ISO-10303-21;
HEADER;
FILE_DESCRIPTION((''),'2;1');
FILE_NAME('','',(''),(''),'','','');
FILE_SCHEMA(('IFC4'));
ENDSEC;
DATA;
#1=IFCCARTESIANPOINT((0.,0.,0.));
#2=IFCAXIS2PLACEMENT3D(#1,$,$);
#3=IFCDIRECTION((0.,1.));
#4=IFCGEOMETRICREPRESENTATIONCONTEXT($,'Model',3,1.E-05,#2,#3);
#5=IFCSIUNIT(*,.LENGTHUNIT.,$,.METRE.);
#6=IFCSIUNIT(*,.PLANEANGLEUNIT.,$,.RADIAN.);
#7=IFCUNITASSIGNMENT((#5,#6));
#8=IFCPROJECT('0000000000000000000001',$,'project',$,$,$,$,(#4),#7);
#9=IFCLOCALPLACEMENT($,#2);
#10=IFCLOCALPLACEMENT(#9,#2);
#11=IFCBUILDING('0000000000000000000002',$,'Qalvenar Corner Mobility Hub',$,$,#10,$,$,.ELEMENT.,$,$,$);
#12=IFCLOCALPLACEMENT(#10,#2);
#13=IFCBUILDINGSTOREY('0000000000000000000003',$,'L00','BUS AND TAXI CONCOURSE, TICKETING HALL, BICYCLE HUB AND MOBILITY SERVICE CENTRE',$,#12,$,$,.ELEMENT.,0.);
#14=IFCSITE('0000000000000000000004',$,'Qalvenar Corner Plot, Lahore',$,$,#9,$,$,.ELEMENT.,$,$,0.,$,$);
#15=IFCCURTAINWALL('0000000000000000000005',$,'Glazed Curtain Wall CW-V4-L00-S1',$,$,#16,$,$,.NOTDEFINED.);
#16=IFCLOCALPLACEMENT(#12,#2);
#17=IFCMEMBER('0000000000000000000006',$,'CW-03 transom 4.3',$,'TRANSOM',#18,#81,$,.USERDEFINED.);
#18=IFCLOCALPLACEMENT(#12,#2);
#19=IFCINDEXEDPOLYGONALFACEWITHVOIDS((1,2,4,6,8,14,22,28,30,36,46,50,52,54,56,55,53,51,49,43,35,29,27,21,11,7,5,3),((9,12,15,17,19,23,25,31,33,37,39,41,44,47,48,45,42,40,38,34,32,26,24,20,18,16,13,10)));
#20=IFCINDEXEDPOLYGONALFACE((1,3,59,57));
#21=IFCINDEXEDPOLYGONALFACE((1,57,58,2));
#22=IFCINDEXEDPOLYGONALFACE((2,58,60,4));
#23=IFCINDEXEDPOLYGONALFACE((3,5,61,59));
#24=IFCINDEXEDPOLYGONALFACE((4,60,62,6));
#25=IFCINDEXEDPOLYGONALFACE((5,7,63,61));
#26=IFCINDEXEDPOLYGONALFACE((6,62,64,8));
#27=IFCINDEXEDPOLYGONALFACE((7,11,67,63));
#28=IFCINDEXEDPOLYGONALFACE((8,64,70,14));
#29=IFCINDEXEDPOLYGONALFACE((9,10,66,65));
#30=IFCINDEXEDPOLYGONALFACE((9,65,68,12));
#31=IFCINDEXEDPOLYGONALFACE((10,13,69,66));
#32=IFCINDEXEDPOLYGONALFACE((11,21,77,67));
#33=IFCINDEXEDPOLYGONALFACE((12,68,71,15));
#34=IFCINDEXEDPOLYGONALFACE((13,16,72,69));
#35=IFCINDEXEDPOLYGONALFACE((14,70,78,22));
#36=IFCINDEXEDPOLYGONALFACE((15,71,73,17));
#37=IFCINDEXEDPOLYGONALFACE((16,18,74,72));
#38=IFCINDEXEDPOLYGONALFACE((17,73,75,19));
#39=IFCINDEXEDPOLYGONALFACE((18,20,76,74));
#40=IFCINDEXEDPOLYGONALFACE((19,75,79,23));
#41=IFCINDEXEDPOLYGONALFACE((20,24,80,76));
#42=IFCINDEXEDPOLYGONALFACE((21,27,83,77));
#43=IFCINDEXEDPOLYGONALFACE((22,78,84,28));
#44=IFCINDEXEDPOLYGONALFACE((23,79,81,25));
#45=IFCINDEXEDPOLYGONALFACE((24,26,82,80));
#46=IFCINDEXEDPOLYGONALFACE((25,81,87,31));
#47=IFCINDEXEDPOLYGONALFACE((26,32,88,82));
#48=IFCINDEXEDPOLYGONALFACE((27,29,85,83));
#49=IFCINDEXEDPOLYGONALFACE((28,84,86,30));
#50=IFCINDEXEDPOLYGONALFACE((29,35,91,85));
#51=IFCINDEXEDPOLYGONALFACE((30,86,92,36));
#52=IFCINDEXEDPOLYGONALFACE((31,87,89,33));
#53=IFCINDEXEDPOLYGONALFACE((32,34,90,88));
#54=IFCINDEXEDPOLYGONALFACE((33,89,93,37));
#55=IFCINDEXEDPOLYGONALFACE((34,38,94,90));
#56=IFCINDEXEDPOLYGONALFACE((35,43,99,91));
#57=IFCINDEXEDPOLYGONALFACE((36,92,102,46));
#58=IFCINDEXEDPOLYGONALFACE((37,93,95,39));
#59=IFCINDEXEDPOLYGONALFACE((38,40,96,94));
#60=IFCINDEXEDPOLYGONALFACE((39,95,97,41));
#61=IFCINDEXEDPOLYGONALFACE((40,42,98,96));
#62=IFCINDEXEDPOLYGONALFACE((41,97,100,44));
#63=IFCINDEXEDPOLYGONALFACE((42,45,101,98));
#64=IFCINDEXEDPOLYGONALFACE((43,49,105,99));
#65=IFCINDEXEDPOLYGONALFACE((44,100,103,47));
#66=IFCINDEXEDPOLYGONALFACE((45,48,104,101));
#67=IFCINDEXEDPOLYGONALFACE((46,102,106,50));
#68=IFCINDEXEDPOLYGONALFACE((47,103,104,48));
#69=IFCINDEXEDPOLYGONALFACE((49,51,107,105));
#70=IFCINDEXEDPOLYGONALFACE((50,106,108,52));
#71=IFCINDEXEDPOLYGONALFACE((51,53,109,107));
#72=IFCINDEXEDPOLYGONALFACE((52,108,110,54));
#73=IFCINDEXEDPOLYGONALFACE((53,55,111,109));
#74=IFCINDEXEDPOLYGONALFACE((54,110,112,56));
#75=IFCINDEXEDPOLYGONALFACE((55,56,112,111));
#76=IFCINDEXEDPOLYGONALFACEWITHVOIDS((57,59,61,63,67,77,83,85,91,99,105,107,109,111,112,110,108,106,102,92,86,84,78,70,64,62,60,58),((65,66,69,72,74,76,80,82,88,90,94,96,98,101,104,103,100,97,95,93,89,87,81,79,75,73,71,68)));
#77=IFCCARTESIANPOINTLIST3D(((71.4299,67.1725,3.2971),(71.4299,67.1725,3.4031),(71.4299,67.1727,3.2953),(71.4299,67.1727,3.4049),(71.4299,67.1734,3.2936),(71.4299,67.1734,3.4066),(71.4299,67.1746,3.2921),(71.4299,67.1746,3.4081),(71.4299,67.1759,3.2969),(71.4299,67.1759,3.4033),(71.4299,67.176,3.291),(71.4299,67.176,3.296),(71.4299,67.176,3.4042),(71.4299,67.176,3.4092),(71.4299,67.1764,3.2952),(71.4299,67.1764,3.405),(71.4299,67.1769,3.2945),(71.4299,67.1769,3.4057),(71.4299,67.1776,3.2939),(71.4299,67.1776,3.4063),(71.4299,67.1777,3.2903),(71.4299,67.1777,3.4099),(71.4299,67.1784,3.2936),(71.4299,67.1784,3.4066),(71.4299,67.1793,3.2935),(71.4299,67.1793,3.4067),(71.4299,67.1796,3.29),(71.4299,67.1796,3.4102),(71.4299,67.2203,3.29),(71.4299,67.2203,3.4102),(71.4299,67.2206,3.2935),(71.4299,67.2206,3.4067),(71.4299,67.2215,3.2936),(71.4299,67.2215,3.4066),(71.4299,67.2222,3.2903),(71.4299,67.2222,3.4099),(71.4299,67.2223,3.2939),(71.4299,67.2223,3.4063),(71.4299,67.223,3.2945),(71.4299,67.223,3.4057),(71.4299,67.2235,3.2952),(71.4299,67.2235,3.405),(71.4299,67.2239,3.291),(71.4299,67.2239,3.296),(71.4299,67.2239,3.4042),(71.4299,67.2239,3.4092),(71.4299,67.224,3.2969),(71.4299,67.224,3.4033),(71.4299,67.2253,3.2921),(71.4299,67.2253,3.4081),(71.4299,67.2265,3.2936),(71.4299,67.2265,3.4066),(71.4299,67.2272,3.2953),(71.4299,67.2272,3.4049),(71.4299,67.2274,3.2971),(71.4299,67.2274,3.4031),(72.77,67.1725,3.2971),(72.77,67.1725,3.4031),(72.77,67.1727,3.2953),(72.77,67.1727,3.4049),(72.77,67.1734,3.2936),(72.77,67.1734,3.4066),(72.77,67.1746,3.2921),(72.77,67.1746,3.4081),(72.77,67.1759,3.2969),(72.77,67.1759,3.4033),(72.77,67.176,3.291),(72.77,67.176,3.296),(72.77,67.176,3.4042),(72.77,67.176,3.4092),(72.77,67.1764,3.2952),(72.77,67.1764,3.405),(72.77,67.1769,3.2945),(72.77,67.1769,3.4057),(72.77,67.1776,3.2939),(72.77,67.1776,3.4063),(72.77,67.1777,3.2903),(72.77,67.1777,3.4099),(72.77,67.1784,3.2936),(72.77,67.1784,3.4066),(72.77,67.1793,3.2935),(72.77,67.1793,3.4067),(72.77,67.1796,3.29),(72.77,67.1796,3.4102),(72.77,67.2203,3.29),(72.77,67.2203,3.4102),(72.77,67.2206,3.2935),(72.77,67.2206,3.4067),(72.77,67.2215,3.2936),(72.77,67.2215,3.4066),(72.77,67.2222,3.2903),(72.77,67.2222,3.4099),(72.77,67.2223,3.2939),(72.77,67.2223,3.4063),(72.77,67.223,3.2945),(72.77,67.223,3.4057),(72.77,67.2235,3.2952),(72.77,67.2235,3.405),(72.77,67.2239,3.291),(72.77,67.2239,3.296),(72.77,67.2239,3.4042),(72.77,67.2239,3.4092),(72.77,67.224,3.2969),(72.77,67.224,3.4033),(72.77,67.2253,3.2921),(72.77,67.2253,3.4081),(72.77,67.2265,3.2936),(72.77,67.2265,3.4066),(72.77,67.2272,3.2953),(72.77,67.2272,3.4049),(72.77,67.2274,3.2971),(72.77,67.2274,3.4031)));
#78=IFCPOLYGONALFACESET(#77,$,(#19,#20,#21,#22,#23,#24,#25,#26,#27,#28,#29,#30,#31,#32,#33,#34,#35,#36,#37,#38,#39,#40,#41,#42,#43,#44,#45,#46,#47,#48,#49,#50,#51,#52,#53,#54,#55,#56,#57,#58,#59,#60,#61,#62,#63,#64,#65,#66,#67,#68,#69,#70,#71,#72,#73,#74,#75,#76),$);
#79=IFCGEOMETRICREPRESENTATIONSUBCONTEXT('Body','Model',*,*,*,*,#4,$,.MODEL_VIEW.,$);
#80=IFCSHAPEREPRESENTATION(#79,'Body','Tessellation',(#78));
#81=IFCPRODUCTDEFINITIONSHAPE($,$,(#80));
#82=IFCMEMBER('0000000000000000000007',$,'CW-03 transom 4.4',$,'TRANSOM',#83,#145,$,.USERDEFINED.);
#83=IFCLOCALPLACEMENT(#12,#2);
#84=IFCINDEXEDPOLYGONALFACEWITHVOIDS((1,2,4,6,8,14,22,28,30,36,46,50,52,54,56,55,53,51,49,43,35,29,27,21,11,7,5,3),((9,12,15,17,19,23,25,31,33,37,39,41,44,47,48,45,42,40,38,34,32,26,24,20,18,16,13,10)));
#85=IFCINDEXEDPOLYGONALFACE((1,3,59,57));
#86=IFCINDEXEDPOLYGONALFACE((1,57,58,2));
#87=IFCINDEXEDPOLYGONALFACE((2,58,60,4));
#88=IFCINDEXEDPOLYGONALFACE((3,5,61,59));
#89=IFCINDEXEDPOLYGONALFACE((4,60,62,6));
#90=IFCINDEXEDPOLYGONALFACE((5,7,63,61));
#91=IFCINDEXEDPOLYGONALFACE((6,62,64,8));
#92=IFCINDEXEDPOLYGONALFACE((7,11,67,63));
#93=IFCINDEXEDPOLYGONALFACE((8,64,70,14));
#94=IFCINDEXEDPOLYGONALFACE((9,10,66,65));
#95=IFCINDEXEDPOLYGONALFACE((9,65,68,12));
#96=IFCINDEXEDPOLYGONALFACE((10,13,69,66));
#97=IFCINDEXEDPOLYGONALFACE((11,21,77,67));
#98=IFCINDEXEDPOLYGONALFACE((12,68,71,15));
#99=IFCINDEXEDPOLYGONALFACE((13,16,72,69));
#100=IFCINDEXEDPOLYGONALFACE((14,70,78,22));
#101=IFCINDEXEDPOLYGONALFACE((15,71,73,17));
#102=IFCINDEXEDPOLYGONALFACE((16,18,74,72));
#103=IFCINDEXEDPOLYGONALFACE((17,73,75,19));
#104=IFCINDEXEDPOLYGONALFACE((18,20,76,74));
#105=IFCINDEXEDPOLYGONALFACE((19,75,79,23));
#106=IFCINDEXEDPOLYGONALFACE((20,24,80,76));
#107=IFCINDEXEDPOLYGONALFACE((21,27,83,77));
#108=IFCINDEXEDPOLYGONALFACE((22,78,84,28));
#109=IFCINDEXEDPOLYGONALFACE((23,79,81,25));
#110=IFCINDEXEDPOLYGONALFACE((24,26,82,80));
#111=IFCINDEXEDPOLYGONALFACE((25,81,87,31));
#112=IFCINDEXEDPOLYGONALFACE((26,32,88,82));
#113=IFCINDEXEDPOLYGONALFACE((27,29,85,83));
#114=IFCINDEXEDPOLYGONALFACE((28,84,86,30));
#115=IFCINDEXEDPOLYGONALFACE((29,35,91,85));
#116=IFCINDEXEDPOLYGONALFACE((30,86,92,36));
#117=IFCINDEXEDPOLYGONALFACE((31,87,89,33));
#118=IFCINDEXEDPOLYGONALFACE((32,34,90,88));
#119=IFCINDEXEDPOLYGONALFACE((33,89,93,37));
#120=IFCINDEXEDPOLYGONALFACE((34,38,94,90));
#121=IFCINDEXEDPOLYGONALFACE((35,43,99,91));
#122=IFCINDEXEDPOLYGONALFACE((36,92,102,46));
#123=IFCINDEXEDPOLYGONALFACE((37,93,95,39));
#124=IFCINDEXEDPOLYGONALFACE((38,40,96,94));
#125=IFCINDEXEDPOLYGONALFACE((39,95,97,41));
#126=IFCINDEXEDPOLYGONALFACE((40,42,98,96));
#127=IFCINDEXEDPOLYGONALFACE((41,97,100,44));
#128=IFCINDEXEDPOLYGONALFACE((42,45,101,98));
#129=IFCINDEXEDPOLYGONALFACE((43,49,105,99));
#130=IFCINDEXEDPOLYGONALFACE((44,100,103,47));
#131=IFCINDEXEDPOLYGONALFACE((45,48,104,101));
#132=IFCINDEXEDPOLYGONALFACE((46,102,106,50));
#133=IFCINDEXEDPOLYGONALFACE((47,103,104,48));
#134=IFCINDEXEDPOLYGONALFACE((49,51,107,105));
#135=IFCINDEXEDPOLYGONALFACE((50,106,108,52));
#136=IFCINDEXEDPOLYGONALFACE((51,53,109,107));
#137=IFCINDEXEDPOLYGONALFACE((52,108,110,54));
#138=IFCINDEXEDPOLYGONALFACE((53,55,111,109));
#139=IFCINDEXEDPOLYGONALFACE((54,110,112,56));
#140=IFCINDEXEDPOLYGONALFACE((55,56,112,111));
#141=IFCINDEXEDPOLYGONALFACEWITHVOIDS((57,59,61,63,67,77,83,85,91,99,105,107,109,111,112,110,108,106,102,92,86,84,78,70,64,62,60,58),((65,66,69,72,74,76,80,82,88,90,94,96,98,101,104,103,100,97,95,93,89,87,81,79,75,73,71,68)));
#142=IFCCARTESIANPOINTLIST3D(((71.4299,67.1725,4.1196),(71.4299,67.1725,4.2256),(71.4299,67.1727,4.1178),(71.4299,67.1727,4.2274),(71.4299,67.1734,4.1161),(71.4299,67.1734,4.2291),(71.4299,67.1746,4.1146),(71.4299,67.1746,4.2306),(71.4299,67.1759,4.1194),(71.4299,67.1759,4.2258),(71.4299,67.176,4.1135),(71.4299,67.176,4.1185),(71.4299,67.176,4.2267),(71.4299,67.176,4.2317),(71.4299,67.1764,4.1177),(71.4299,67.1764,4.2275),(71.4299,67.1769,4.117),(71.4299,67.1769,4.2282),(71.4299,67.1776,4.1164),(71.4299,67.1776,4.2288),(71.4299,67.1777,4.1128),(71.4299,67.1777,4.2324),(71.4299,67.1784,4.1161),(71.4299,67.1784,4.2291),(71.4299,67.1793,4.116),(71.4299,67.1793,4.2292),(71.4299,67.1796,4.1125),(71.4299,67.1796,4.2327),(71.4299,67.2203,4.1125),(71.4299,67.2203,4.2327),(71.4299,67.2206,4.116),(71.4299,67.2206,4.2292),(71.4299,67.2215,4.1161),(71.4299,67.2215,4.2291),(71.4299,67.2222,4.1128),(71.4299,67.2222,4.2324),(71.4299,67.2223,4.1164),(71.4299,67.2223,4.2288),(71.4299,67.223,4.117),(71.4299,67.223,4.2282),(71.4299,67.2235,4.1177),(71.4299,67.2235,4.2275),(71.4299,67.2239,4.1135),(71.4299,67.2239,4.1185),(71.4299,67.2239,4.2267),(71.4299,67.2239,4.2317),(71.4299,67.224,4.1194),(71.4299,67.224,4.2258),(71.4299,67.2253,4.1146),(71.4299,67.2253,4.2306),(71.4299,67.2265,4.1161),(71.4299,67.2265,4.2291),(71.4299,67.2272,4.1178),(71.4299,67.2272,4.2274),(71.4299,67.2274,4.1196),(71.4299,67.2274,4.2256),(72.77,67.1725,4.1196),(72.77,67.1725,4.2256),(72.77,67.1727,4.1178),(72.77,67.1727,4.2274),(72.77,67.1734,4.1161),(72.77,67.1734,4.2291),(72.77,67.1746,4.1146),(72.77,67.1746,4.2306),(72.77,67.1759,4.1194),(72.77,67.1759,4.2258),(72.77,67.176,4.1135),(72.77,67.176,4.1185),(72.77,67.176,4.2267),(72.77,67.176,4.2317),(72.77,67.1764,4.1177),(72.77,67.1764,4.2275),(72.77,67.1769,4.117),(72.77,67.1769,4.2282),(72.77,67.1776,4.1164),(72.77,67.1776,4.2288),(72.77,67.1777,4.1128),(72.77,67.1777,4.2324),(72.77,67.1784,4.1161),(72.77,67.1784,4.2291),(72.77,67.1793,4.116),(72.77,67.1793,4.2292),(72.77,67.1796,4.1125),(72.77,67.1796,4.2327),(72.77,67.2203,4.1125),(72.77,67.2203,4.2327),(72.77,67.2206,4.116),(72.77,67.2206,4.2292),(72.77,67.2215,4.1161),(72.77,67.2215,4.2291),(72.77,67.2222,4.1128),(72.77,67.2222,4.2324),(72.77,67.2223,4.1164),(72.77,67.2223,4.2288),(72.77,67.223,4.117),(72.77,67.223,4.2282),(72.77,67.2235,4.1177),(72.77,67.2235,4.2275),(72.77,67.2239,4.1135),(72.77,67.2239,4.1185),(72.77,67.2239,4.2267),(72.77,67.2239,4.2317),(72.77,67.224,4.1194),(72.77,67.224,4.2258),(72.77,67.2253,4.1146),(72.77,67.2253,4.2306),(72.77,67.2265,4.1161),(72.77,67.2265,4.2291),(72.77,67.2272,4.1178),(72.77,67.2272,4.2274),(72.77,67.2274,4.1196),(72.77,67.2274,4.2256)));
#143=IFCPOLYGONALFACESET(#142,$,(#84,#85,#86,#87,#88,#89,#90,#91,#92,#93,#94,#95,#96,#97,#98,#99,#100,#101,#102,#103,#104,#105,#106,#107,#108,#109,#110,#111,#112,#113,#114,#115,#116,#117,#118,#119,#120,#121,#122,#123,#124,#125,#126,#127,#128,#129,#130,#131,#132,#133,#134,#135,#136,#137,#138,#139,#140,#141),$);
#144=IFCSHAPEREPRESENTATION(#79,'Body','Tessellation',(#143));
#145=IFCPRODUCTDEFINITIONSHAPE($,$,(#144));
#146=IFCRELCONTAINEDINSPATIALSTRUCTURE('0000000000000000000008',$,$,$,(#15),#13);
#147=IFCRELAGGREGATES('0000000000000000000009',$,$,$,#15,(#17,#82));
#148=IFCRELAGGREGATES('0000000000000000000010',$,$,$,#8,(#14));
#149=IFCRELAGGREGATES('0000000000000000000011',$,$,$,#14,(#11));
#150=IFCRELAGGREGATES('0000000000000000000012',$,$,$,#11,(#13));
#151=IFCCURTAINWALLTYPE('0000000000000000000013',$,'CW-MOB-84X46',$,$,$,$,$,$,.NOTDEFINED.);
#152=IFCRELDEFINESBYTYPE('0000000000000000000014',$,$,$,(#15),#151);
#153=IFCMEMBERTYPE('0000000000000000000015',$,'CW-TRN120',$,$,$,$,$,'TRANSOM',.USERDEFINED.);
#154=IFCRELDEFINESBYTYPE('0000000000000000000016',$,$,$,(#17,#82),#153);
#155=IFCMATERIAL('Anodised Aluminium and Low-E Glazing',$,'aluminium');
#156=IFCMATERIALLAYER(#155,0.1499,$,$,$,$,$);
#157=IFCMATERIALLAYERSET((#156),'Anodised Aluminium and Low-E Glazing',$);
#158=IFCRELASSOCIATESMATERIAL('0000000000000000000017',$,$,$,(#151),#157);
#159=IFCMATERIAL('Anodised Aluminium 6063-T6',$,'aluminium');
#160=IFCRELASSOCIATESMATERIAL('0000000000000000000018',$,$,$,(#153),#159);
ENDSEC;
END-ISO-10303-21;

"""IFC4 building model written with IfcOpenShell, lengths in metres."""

from ifc_helpers import new_model, si_unit, direction, frame, origin, origin_2d, place, context, subcontext, project, spatial, hollow_rectangle, extrude, material, layer, layer_set, material_profile, profile_set, type_object, element, aggregate, save


model = new_model("IFC4")

# Units and contexts
model_context = context("Model", 3, precision=1e-05, world=origin(), true_north=direction((0.0, 1.0)))
body_context = subcontext(model_context, "Body", "Model", "MODEL_VIEW")
ifc_project = project(units=[si_unit("LENGTHUNIT", "METRE"), si_unit("PLANEANGLEUNIT", "RADIAN")], contexts=[model_context])

# Site, building, storey
site_placement = place(None, origin())
site = spatial("IfcSite", under=ifc_project, at=site_placement, Name="Qalvenar Corner Plot, Lahore", CompositionType="ELEMENT", RefElevation=0.0)
building_placement = place(site_placement, origin())
building = spatial("IfcBuilding", under=site, at=building_placement, Name="Qalvenar Corner Mobility Hub", CompositionType="ELEMENT")
storey_placement = place(building_placement, origin())
storey = spatial("IfcBuildingStorey", under=building, at=storey_placement, Name="L00", Description="BUS AND TAXI CONCOURSE, TICKETING HALL, BICYCLE HUB AND MOBILITY SERVICE CENTRE", CompositionType="ELEMENT", Elevation=0.0)

# Curtain wall, members
ifc_material_1 = material(Name="Anodised Aluminium and Low-E Glazing", Category="aluminium")
ifc_layer_1 = layer(ifc_material_1, 0.1499)
ifc_layer_set_1 = layer_set([ifc_layer_1], Name="Anodised Aluminium and Low-E Glazing")
curtain_wall_type = type_object("IfcCurtainWallType", Name="CW-MOB-84X46", PredefinedType="NOTDEFINED", material=ifc_layer_set_1)
curtain_wall_placement = place(storey_placement, origin())
curtain_wall = element("IfcCurtainWall", 1, at=curtain_wall_placement, inside=storey, type_object=curtain_wall_type, Name="Glazed Curtain Wall CW-V4-L00-S1", PredefinedType="NOTDEFINED")
ifc_material_2 = material(Name="Anodised Aluminium 6063-T6", Category="aluminium")
ifc_material_profile_1 = material_profile(ifc_material_2, hollow_rectangle(XDim=0.0549, YDim=0.1201, WallThickness=0.0034, InnerFilletRadius=0.0034, OuterFilletRadius=0.0071, at=origin_2d()), Name="RHS120x55x3.5")
ifc_profile_set_1 = profile_set([ifc_material_profile_1], Name="Anodised Aluminium 6063-T6")
member_type_1 = type_object("IfcMemberType", Name="CW-TRN120", ElementType="TRANSOM", PredefinedType="USERDEFINED", material=ifc_profile_set_1)
member_1_placement = place(storey_placement, frame((71.4299, 67.2, 3.3501), z_axis=(1.0, 0.0, 0.0), x_axis=(0.0, 1.0, 0.0)))
member_1 = element("IfcMember", 2, at=member_1_placement, type_object=member_type_1, Name="CW-03 transom 4.3", ObjectType="TRANSOM", PredefinedType="USERDEFINED", context=body_context, shape_type="SweptSolid", body=[
    extrude(hollow_rectangle(XDim=0.0549, YDim=0.1201, WallThickness=0.0034, InnerFilletRadius=0.0034, OuterFilletRadius=0.0071, at=origin_2d()), origin(), (0.0, 0.0, 1.0), 1.3401),
])
member_2_placement = place(storey_placement, frame((71.4299, 67.2, 4.1726), z_axis=(1.0, 0.0, 0.0), x_axis=(0.0, 1.0, 0.0)))
member_2 = element("IfcMember", 3, at=member_2_placement, type_object=member_type_1, Name="CW-03 transom 4.4", ObjectType="TRANSOM", PredefinedType="USERDEFINED", context=body_context, shape_type="SweptSolid", body=[
    extrude(hollow_rectangle(XDim=0.0549, YDim=0.1201, WallThickness=0.0034, InnerFilletRadius=0.0034, OuterFilletRadius=0.0071, at=origin_2d()), origin(), (0.0, 0.0, 1.0), 1.3401),
])
aggregate(curtain_wall, [member_1, member_2])

save(model, "model.ifc")
